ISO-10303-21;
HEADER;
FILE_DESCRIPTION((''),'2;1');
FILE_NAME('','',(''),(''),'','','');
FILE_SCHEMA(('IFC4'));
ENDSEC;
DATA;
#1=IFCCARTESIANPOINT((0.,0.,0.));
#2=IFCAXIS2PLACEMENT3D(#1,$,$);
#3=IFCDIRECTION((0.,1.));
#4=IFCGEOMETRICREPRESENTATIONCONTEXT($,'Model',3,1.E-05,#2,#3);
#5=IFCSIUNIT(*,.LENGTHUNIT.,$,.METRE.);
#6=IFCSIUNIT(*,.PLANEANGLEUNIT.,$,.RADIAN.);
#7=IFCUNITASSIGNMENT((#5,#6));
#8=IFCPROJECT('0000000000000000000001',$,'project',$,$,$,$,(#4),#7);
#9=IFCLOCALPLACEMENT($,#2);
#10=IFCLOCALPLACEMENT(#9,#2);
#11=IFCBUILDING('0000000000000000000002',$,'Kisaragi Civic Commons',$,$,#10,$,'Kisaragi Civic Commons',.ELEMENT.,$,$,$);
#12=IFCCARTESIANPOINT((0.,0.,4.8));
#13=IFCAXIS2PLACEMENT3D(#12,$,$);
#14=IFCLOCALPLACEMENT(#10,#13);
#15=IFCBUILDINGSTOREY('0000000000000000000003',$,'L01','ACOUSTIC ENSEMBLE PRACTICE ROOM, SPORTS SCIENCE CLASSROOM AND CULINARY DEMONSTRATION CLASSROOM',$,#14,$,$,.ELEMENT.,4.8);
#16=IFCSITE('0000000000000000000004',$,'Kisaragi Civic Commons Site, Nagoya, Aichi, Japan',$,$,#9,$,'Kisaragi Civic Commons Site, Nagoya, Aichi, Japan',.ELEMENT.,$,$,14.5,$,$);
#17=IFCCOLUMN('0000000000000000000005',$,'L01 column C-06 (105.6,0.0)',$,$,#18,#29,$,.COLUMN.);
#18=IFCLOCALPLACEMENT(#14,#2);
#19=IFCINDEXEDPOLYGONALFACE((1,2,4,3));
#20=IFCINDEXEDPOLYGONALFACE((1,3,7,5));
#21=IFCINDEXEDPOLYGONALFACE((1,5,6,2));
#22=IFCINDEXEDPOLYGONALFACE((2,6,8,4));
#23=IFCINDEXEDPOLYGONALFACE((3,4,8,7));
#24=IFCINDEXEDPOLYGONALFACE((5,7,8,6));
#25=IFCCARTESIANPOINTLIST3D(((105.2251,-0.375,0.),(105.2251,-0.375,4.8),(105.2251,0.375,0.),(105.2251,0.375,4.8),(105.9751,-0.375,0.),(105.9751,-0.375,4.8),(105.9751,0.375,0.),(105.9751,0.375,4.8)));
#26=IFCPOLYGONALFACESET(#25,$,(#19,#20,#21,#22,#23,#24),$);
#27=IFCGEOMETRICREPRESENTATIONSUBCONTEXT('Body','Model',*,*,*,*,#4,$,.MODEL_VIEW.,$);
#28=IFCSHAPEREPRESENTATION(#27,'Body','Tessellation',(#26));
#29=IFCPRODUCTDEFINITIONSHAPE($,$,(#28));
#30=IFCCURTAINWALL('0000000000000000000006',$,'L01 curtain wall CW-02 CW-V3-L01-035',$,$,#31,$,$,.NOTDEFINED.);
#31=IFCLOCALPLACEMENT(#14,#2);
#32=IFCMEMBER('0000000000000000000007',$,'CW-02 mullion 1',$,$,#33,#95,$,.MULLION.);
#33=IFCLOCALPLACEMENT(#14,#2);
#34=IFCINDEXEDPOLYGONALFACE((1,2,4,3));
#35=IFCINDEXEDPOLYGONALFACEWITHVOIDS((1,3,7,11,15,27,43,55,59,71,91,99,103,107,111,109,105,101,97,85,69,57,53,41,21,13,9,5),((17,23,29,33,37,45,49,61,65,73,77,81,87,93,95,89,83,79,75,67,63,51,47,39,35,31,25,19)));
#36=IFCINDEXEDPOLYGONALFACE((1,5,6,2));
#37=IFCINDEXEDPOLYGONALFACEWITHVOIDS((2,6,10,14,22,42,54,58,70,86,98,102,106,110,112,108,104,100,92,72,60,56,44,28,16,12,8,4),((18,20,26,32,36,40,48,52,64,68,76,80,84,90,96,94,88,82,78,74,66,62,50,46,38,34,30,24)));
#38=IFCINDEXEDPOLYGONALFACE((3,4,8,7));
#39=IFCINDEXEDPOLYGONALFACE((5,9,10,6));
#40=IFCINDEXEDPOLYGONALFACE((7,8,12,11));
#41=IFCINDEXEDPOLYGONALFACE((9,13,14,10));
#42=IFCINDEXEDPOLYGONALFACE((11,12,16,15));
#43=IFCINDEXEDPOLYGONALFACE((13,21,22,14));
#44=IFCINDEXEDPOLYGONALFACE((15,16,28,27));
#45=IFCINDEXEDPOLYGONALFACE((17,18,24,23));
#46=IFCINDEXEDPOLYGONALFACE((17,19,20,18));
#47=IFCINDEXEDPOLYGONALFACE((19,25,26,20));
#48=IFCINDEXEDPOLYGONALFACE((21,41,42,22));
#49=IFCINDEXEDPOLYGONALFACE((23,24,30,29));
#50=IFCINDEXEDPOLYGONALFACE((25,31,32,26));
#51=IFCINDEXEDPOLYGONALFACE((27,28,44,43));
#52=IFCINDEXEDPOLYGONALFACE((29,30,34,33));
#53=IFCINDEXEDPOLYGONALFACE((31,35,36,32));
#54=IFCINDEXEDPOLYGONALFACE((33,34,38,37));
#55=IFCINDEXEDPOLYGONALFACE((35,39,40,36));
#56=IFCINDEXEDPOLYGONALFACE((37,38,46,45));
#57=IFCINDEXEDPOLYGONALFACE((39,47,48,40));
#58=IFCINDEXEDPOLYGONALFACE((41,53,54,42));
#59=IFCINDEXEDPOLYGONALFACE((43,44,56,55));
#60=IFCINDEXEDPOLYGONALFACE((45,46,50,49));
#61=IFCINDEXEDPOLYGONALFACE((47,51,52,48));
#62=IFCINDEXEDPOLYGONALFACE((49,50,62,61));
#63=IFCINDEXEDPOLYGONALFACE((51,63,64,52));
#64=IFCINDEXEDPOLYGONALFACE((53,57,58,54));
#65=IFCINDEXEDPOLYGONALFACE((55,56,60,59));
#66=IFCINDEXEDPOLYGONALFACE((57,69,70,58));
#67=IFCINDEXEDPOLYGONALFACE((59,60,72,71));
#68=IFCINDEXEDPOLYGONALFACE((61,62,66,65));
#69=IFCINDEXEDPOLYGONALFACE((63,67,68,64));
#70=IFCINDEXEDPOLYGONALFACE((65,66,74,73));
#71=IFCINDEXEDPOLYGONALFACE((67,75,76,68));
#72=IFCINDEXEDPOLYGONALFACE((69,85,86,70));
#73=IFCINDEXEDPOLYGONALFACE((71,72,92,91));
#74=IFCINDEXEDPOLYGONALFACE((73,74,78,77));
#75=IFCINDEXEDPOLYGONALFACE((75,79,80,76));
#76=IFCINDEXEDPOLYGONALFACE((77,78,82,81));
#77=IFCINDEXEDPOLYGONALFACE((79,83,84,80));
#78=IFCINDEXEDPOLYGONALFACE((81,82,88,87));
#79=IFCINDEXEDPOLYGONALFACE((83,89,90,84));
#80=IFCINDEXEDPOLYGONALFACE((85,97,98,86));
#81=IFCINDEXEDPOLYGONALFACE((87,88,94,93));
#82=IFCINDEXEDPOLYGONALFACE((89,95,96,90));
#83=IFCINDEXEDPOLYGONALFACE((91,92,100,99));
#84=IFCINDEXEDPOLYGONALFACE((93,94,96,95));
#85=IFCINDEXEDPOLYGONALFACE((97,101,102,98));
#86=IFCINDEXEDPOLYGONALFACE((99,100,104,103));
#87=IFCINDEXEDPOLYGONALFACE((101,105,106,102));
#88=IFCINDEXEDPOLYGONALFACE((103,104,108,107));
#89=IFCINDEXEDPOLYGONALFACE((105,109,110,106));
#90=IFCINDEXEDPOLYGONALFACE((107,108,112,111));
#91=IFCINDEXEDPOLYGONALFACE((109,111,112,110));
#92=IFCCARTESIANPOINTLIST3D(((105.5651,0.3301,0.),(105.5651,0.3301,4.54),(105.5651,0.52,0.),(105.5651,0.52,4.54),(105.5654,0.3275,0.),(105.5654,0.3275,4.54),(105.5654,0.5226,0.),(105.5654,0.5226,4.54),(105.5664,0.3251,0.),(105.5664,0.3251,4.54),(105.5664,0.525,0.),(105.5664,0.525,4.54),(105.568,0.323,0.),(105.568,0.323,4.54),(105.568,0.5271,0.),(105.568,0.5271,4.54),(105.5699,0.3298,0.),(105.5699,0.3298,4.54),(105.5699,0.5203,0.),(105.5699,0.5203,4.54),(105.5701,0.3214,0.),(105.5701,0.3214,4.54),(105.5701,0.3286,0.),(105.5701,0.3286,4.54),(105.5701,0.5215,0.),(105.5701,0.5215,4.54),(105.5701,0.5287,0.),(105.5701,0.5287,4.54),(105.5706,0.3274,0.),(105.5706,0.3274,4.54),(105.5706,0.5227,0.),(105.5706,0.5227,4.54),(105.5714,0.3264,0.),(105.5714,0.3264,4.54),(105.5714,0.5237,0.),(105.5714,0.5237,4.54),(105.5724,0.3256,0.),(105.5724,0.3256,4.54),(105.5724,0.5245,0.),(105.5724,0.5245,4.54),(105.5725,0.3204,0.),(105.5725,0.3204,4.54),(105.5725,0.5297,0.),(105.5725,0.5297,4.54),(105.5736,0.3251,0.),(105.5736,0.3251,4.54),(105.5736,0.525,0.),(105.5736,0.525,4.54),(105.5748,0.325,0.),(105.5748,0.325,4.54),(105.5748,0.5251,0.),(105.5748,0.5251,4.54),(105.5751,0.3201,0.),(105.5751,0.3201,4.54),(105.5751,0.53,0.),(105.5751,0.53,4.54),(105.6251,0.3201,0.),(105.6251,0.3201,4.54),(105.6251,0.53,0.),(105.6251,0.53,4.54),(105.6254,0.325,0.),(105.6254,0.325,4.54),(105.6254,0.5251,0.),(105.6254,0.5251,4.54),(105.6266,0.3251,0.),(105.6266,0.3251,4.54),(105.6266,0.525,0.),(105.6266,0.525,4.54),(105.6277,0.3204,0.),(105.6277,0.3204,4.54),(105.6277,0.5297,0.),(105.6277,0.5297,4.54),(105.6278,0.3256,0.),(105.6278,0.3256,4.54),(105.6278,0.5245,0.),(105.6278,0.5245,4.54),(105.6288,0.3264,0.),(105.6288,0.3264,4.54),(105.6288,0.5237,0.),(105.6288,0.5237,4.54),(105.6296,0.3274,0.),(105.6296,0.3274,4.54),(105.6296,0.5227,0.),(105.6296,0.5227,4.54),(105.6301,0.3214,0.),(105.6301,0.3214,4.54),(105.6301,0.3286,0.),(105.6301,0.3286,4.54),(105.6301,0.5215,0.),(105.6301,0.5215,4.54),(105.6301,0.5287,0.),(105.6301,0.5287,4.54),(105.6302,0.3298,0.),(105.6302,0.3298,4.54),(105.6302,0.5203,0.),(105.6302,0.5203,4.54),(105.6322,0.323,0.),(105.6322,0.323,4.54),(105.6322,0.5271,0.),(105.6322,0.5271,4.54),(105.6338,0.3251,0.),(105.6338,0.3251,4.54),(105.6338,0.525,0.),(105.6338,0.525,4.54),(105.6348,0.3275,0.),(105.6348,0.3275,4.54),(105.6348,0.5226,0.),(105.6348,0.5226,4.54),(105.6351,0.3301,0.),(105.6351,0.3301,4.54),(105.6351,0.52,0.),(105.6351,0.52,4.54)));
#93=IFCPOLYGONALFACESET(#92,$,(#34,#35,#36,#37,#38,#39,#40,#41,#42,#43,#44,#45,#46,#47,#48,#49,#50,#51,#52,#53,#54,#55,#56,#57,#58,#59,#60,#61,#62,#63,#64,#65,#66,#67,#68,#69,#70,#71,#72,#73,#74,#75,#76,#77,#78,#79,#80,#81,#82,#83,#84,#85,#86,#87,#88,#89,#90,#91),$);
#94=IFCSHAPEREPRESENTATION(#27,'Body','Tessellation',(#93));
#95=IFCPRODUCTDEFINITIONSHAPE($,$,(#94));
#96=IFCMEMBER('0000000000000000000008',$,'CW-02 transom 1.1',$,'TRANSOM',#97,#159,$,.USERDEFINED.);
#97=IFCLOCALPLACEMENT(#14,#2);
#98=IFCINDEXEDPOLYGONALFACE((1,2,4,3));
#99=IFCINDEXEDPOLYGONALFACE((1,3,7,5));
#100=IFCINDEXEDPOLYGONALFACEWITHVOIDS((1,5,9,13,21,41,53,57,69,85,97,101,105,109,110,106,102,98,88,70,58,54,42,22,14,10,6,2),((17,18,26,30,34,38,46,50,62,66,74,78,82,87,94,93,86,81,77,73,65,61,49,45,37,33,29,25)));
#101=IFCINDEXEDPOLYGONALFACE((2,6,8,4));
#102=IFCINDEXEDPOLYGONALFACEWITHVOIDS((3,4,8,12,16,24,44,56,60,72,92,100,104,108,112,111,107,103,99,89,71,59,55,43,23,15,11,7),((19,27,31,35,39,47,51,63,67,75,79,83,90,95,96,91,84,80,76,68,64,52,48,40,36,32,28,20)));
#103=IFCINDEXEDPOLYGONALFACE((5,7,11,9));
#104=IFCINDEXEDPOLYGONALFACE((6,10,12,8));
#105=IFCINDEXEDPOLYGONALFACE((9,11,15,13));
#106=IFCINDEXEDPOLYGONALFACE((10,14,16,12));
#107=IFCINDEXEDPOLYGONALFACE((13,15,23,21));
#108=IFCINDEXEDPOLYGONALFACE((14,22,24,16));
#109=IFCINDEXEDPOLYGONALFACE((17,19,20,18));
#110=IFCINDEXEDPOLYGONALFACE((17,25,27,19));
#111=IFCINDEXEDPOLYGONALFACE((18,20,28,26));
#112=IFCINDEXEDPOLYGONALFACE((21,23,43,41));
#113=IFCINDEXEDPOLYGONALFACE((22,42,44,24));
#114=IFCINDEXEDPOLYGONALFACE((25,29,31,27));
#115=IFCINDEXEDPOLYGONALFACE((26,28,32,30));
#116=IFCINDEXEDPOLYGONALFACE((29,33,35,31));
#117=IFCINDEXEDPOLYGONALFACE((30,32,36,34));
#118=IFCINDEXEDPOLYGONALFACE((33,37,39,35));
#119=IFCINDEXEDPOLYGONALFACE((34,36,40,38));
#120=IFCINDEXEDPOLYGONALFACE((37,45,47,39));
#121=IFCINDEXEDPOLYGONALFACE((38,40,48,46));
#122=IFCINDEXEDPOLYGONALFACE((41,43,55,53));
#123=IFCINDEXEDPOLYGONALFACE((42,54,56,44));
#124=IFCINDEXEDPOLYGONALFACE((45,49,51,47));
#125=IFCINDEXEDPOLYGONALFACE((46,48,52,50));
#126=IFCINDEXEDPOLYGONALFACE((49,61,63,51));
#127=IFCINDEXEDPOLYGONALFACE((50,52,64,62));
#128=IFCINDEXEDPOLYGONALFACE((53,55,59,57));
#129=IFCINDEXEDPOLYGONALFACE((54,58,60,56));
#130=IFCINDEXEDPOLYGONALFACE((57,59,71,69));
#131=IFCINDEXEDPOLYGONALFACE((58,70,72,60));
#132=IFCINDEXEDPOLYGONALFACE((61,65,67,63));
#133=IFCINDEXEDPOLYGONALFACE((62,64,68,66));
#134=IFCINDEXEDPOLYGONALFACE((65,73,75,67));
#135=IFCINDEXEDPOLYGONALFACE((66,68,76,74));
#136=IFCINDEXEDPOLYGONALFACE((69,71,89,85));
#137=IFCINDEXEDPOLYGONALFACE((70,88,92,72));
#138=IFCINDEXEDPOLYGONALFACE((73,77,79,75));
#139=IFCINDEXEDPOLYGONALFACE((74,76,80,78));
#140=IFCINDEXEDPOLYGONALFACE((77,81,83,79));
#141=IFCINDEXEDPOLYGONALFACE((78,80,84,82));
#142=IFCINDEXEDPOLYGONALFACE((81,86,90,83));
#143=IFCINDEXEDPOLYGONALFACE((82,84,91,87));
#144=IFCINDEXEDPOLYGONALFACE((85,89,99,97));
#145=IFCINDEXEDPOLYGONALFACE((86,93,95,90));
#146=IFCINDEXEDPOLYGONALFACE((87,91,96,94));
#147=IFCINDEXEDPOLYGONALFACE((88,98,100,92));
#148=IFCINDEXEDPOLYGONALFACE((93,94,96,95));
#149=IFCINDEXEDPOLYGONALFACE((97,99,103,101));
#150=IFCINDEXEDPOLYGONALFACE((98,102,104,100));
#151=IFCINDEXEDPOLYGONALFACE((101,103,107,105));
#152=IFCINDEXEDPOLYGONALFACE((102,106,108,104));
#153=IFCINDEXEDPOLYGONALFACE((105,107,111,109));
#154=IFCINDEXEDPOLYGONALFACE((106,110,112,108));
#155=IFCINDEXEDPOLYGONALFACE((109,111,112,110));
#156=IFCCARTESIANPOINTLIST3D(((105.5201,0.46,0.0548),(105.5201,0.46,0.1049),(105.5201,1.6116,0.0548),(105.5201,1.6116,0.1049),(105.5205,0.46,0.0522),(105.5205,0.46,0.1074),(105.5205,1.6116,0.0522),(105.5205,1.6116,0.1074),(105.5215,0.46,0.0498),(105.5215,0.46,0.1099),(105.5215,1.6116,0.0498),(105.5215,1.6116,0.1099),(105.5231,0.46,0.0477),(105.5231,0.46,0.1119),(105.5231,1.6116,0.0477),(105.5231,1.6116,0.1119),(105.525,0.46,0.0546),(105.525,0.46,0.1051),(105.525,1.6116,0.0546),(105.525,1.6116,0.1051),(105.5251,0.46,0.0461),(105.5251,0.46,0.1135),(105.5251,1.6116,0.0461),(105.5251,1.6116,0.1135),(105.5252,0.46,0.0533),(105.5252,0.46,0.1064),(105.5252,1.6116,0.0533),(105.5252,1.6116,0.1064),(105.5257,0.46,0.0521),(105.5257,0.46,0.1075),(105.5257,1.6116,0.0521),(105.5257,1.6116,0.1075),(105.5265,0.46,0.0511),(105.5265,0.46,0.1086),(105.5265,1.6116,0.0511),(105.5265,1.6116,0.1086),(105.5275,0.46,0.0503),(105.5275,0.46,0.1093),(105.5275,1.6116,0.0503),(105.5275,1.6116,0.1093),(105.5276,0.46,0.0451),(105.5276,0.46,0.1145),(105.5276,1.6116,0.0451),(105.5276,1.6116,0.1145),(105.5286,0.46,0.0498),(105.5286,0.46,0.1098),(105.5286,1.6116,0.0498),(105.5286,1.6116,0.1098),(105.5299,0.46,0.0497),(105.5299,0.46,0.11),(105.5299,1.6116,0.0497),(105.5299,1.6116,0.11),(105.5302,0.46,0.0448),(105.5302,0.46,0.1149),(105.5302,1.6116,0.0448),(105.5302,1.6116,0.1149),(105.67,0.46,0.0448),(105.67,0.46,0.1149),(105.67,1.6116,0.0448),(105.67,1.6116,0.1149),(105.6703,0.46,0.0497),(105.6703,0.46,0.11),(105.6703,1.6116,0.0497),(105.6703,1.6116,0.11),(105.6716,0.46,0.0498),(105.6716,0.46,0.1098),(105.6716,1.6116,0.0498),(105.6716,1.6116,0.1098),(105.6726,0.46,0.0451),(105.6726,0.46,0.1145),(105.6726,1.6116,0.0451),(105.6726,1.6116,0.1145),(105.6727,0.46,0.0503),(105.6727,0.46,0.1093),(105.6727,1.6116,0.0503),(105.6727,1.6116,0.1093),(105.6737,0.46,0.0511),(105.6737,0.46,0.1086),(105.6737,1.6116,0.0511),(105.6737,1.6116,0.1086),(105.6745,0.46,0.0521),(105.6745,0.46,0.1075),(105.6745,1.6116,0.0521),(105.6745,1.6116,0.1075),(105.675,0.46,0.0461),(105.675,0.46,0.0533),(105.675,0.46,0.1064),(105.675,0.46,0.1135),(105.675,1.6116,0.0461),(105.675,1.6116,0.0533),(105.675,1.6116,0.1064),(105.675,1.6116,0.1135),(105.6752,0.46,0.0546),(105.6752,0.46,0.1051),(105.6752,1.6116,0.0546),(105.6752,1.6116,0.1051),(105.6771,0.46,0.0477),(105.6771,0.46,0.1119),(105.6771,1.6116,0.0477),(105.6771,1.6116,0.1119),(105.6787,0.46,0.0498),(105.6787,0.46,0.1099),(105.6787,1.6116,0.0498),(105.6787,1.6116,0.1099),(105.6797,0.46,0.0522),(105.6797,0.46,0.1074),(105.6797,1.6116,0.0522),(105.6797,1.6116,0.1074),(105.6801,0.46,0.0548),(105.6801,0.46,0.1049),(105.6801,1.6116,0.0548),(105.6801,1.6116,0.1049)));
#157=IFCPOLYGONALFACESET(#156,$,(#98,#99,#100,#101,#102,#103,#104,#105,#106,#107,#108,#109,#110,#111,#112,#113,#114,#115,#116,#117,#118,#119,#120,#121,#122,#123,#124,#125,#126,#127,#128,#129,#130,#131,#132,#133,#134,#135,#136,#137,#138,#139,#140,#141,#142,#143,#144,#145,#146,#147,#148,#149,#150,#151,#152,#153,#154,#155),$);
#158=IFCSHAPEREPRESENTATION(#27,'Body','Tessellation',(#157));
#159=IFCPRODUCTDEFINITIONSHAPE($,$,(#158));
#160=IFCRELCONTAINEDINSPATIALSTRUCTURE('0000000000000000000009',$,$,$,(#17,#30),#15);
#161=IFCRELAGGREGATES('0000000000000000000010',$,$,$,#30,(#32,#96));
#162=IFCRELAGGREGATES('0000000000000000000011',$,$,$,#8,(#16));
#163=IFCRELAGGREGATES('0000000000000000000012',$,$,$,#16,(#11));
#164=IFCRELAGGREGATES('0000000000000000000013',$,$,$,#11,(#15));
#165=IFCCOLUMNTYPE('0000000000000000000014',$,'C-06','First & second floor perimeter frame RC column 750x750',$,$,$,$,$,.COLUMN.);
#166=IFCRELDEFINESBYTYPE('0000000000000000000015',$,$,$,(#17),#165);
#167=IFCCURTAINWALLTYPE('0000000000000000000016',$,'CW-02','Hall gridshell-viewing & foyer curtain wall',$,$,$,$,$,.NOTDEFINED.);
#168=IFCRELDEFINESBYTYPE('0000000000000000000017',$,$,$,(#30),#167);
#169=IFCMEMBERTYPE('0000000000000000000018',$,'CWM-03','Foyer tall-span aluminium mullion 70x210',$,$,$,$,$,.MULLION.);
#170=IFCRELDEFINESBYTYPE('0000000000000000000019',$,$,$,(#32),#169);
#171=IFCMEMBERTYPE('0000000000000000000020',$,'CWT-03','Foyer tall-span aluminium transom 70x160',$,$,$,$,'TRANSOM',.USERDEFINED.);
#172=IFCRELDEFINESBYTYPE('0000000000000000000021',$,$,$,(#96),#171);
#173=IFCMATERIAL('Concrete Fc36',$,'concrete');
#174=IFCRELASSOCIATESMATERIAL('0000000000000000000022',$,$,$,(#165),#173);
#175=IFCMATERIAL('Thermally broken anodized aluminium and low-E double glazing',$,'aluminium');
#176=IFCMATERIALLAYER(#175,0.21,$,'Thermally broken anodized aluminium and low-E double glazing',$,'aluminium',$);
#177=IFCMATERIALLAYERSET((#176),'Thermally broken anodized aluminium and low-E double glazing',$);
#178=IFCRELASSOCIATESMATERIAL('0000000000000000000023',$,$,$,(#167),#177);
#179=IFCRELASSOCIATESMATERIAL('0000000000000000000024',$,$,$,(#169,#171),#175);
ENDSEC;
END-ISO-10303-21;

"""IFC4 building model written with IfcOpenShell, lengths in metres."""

from ifc_helpers import new_model, si_unit, direction, frame, origin, origin_2d, place, context, subcontext, project, spatial, rectangle, hollow_rectangle, extrude, material, layer, layer_set, material_profile, profile_set, type_object, element, aggregate, save


model = new_model("IFC4")

# Units and contexts
model_context = context("Model", 3, precision=1e-05, world=origin(), true_north=direction((0.0, 1.0)))
body_context = subcontext(model_context, "Body", "Model", "MODEL_VIEW")
ifc_project = project(units=[si_unit("LENGTHUNIT", "METRE"), si_unit("PLANEANGLEUNIT", "RADIAN")], contexts=[model_context])

# Site, building, storey
site_placement = place(None, origin())
site = spatial("IfcSite", under=ifc_project, at=site_placement, Name="Kisaragi Civic Commons Site, Nagoya, Aichi, Japan", LongName="Kisaragi Civic Commons Site, Nagoya, Aichi, Japan", CompositionType="ELEMENT", RefElevation=14.5)
building_placement = place(site_placement, origin())
building = spatial("IfcBuilding", under=site, at=building_placement, Name="Kisaragi Civic Commons", LongName="Kisaragi Civic Commons", CompositionType="ELEMENT")
storey_placement = place(building_placement, frame((0.0, 0.0, 4.8)))
storey = spatial("IfcBuildingStorey", under=building, at=storey_placement, Name="L01", Description="ACOUSTIC ENSEMBLE PRACTICE ROOM, SPORTS SCIENCE CLASSROOM AND CULINARY DEMONSTRATION CLASSROOM", CompositionType="ELEMENT", Elevation=4.8)

# Column
ifc_material_1 = material(Name="Concrete Fc36", Category="concrete")
ifc_material_profile_1 = material_profile(ifc_material_1, rectangle(XDim=0.75, YDim=0.75, at=origin_2d()), Name="RC-750x750", Category="concrete")
ifc_profile_set_1 = profile_set([ifc_material_profile_1], Name="Concrete Fc36")
column_type = type_object("IfcColumnType", Name="C-06", Description="First & second floor perimeter frame RC column 750x750", PredefinedType="COLUMN", material=ifc_profile_set_1)
column_placement = place(storey_placement, frame((105.6001, 0.0, 0.0), z_axis=(0.0, 0.0, 1.0), x_axis=(1.0, 0.0, 0.0)))
element("IfcColumn", 1, at=column_placement, inside=storey, type_object=column_type, Name="L01 column C-06 (105.6,0.0)", PredefinedType="COLUMN", context=body_context, shape_type="SweptSolid", body=[
    extrude(rectangle(XDim=0.75, YDim=0.75, at=origin_2d()), origin(), (0.0, 0.0, 1.0), 4.8),
])

# Curtain wall, members
ifc_material_2 = material(Name="Thermally broken anodized aluminium and low-E double glazing", Category="aluminium")
ifc_layer_1 = layer(ifc_material_2, 0.21, Name="Thermally broken anodized aluminium and low-E double glazing", Category="aluminium")
ifc_layer_set_1 = layer_set([ifc_layer_1], Name="Thermally broken anodized aluminium and low-E double glazing")
curtain_wall_type = type_object("IfcCurtainWallType", Name="CW-02", Description="Hall gridshell-viewing & foyer curtain wall", PredefinedType="NOTDEFINED", material=ifc_layer_set_1)
curtain_wall_placement = place(storey_placement, origin())
curtain_wall = element("IfcCurtainWall", 2, at=curtain_wall_placement, inside=storey, type_object=curtain_wall_type, Name="L01 curtain wall CW-02 CW-V3-L01-035", PredefinedType="NOTDEFINED")
ifc_material_profile_2 = material_profile(ifc_material_2, hollow_rectangle(XDim=0.0701, YDim=0.21, WallThickness=0.0049, InnerFilletRadius=0.0049, OuterFilletRadius=0.01, at=origin_2d()), Name="CWM-70x210x5", Category="aluminium")
ifc_profile_set_2 = profile_set([ifc_material_profile_2], Name="Thermally broken anodized aluminium and low-E double glazing")
member_type_1 = type_object("IfcMemberType", Name="CWM-03", Description="Foyer tall-span aluminium mullion 70x210", PredefinedType="MULLION", material=ifc_profile_set_2)
member_1_placement = place(storey_placement, frame((105.6001, 0.425, 0.0), z_axis=(0.0, 0.0, 1.0), x_axis=(-1.0, 0.0, 0.0)))
member_1 = element("IfcMember", 3, at=member_1_placement, type_object=member_type_1, Name="CW-02 mullion 1", PredefinedType="MULLION", context=body_context, shape_type="SweptSolid", body=[
    extrude(hollow_rectangle(XDim=0.0701, YDim=0.21, WallThickness=0.0049, InnerFilletRadius=0.0049, OuterFilletRadius=0.01, at=origin_2d()), origin(), (0.0, 0.0, 1.0), 4.54),
])
ifc_material_profile_3 = material_profile(ifc_material_2, hollow_rectangle(XDim=0.1599, YDim=0.0701, WallThickness=0.0049, InnerFilletRadius=0.0049, OuterFilletRadius=0.01, at=origin_2d()), Name="CWT-70x160x5", Category="aluminium")
ifc_profile_set_3 = profile_set([ifc_material_profile_3], Name="Thermally broken anodized aluminium and low-E double glazing")
member_type_2 = type_object("IfcMemberType", Name="CWT-03", Description="Foyer tall-span aluminium transom 70x160", ElementType="TRANSOM", PredefinedType="USERDEFINED", material=ifc_profile_set_3)
member_2_placement = place(storey_placement, frame((105.6001, 0.46, 0.0798), z_axis=(0.0, 1.0, 0.0), x_axis=(-1.0, 0.0, 0.0)))
member_2 = element("IfcMember", 4, at=member_2_placement, type_object=member_type_2, Name="CW-02 transom 1.1", ObjectType="TRANSOM", PredefinedType="USERDEFINED", context=body_context, shape_type="SweptSolid", body=[
    extrude(hollow_rectangle(XDim=0.1599, YDim=0.0701, WallThickness=0.0049, InnerFilletRadius=0.0049, OuterFilletRadius=0.01, at=origin_2d()), origin(), (0.0, 0.0, 1.0), 1.1516),
])

aggregate(curtain_wall, [member_1, member_2])

save(model, "model.ifc")
